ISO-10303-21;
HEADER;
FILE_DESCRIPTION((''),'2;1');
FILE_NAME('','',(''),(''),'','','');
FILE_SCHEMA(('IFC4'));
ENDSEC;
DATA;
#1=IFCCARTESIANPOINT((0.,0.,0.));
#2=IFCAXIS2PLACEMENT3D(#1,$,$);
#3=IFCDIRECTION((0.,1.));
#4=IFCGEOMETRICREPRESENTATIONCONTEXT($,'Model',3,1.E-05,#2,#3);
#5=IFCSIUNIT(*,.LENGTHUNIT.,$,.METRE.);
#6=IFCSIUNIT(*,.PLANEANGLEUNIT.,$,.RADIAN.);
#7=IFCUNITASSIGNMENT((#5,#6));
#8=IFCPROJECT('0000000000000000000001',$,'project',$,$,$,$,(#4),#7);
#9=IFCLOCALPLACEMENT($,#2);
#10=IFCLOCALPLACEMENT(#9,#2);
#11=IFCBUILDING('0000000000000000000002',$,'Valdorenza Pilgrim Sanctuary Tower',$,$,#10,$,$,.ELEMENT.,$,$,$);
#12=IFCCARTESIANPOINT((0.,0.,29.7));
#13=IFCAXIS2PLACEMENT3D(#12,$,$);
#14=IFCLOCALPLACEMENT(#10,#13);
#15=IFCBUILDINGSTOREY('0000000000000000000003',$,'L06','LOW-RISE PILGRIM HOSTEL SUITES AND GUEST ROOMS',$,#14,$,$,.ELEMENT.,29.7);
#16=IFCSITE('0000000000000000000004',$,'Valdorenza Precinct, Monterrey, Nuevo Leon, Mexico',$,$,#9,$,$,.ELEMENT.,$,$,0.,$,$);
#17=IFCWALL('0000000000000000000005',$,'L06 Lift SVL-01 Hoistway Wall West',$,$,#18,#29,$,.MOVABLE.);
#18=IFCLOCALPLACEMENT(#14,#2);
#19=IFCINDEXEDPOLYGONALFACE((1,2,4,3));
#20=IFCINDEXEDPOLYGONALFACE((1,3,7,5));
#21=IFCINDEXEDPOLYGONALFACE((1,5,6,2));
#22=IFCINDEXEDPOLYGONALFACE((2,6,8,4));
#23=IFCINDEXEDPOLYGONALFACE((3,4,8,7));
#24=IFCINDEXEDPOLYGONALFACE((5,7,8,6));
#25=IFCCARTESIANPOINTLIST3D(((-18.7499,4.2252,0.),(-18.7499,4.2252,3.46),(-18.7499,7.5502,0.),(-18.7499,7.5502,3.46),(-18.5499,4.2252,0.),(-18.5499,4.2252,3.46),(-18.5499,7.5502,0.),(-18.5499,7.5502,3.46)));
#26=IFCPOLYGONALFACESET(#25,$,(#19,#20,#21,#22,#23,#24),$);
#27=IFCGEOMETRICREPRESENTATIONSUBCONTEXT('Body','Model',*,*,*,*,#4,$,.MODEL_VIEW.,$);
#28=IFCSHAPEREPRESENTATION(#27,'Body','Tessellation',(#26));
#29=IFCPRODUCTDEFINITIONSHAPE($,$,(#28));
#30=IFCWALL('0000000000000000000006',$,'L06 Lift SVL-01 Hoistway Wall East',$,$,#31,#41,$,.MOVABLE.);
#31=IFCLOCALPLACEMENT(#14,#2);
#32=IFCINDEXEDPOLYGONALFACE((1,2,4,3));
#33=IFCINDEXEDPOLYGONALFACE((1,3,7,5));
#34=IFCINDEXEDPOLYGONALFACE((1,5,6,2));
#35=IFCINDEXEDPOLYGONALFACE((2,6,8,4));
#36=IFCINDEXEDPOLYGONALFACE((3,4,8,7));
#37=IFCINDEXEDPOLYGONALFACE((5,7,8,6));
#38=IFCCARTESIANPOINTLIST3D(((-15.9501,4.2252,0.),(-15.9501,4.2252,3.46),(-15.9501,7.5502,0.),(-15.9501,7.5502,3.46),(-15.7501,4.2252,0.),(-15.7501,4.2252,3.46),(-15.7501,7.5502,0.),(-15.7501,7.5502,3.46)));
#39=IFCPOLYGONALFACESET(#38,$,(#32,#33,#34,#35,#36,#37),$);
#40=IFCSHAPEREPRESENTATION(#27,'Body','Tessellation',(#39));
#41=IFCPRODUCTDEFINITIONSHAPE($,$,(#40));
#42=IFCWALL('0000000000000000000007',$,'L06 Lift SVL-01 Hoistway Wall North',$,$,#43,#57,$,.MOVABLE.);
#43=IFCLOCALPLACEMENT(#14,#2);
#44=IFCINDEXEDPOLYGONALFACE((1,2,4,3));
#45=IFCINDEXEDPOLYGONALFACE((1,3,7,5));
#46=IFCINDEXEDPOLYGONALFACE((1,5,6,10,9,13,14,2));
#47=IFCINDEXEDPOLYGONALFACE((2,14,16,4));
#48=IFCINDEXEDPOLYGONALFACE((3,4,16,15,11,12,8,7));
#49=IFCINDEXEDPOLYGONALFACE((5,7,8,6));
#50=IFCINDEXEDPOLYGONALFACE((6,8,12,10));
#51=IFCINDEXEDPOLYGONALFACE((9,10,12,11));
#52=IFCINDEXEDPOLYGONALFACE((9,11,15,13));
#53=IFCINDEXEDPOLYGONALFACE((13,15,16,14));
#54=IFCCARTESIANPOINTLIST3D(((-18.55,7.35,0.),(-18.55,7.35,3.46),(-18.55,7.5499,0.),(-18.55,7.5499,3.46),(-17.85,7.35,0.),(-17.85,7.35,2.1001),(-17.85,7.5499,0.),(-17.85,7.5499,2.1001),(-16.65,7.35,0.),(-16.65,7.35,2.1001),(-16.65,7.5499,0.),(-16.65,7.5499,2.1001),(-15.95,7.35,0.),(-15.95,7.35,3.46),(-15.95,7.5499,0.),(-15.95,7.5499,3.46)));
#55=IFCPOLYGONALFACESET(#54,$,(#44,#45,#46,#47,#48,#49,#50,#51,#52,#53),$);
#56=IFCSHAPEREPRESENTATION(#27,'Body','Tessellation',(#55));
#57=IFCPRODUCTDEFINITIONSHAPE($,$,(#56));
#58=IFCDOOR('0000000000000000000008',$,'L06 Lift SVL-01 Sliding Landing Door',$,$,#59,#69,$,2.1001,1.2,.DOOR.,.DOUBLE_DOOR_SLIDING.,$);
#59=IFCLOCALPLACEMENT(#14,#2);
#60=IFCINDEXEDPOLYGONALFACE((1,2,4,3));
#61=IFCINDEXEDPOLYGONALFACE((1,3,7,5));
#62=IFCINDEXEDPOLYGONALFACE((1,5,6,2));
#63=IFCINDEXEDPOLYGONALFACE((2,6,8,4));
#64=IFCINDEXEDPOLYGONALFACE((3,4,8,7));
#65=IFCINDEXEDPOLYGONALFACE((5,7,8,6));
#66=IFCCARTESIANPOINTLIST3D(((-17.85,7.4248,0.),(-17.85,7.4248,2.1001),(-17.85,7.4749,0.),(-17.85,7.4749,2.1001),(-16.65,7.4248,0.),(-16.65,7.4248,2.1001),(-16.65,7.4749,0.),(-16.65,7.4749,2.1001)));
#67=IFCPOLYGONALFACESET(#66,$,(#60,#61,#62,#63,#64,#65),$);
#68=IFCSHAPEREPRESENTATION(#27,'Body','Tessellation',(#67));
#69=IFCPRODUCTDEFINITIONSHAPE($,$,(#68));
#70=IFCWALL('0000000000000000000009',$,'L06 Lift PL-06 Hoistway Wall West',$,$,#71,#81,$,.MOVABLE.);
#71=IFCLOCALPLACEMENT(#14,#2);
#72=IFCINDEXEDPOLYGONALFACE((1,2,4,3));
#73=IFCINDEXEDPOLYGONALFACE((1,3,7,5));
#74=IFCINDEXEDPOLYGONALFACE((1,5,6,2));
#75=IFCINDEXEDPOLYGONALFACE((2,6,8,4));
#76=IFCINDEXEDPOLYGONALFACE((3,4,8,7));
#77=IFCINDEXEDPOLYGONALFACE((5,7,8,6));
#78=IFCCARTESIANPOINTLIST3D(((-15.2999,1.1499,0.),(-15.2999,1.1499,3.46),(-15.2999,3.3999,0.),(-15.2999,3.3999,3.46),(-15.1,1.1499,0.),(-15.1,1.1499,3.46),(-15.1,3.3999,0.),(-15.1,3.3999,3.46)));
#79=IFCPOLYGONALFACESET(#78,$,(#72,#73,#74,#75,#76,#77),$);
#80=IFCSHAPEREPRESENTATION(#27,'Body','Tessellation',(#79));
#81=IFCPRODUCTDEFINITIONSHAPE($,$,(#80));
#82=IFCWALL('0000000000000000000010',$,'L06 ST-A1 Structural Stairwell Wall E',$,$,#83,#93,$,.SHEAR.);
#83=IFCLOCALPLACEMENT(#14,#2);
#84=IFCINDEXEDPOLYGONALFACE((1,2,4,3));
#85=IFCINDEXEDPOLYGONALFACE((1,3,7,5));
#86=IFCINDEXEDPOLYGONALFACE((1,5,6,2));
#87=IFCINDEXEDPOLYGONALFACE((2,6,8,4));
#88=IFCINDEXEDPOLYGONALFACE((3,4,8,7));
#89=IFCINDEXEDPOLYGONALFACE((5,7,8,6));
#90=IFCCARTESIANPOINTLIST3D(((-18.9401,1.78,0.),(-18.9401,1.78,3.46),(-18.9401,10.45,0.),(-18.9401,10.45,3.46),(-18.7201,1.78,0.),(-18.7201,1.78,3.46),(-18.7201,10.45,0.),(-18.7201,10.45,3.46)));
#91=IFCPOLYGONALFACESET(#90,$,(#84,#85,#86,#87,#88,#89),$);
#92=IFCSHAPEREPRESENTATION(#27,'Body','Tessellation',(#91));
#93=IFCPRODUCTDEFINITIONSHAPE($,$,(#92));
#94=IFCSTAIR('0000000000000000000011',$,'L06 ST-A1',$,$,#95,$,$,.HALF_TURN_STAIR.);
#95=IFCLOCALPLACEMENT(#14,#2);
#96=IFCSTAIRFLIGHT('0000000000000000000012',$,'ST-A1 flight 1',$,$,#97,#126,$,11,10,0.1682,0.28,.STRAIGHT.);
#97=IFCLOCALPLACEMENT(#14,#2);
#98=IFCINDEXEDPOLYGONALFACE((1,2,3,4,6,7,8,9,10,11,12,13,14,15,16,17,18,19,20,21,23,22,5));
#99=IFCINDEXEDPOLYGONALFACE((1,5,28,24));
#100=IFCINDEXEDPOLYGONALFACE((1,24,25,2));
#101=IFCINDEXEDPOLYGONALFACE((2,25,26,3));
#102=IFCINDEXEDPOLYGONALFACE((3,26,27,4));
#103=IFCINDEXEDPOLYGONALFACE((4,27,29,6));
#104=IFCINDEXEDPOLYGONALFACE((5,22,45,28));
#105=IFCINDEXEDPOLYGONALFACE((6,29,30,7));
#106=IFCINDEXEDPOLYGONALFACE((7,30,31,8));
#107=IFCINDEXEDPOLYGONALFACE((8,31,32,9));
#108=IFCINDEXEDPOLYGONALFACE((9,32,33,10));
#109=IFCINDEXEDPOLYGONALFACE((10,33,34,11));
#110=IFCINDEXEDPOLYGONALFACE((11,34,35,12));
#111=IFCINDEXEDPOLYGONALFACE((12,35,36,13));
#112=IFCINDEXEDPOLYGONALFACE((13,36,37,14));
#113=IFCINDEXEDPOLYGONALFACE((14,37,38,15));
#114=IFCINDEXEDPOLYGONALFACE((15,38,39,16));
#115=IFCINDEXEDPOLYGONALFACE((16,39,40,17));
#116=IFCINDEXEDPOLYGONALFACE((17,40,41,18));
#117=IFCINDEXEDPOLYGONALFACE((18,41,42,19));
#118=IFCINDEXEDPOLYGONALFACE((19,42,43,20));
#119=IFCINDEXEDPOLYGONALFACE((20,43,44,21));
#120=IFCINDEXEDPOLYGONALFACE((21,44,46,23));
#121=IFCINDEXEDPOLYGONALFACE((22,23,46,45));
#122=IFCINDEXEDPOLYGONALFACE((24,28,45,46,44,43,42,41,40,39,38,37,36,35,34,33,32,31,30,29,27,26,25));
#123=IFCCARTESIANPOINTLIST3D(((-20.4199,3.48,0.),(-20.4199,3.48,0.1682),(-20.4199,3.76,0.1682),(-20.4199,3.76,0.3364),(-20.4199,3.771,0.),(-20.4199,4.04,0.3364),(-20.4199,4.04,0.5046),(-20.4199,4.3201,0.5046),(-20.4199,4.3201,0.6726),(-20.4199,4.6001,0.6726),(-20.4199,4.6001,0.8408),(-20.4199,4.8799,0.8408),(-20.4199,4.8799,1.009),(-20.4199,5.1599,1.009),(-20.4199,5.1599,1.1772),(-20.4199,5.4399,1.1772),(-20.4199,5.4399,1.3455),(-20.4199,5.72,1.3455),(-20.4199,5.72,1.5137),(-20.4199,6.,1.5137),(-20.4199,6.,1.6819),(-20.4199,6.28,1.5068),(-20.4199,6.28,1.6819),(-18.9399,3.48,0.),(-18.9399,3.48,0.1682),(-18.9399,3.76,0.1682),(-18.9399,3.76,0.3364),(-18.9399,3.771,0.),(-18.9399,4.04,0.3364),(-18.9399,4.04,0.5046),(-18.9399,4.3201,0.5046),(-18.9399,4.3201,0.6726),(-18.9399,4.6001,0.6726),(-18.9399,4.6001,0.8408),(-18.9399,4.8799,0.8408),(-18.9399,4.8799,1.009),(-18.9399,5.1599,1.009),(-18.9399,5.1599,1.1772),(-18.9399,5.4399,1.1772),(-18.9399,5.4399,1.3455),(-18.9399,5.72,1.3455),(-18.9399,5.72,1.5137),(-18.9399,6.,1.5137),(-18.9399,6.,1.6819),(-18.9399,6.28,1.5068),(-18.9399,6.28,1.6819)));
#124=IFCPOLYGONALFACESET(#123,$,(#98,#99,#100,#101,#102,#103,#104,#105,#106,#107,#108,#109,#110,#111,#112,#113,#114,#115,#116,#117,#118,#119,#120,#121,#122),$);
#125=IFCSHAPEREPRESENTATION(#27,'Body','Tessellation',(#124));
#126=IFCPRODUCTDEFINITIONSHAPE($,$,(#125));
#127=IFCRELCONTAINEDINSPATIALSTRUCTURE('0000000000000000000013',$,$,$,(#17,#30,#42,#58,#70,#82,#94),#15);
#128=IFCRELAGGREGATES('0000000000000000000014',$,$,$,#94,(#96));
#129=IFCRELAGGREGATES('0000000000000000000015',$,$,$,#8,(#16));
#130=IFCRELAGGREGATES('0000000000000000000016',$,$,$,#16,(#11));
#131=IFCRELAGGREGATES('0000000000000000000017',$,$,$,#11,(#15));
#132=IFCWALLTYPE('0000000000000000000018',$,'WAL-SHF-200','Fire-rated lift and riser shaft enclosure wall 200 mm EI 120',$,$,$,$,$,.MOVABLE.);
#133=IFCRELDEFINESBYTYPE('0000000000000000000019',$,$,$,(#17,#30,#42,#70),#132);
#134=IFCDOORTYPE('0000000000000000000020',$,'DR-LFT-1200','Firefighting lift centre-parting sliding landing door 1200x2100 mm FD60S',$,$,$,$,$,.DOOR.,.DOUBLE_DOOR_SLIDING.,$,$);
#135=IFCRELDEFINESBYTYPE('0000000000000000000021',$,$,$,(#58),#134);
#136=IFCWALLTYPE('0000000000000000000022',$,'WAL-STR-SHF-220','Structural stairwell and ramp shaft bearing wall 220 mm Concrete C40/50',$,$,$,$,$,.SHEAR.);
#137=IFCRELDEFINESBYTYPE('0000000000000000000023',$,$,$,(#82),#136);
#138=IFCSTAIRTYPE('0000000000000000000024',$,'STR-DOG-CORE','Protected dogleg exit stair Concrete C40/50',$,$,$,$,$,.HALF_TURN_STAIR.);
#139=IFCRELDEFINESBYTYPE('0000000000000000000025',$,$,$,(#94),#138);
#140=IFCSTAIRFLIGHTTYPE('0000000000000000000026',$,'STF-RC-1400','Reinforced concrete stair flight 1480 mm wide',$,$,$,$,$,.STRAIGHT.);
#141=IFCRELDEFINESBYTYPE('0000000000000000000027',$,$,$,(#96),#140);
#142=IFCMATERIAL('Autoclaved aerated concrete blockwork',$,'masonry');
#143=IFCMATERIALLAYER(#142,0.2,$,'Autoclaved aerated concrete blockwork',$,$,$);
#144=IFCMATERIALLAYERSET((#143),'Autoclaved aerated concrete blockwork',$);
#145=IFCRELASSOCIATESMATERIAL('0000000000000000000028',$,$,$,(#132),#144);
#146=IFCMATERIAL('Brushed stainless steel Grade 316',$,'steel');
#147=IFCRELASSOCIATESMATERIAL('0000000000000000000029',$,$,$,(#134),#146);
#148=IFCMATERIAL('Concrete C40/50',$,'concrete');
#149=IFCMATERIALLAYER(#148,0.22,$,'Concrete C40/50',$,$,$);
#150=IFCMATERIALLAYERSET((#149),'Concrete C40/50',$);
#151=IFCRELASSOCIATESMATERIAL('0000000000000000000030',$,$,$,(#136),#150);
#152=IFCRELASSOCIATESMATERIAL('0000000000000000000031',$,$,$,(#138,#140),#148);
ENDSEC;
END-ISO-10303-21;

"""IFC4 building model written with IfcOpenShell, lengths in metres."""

from ifc_helpers import new_model, si_unit, direction, frame, frame_2d, origin, place, context, subcontext, project, spatial, polyline, rectangle, outline, extrude, material, layer, layer_set, type_object, element, fill, aggregate, save


model = new_model("IFC4")

# Units and contexts
model_context = context("Model", 3, precision=1e-05, world=origin(), true_north=direction((0.0, 1.0)))
body_context = subcontext(model_context, "Body", "Model", "MODEL_VIEW")
ifc_project = project(units=[si_unit("LENGTHUNIT", "METRE"), si_unit("PLANEANGLEUNIT", "RADIAN")], contexts=[model_context])

# Site, building, storey
site_placement = place(None, origin())
site = spatial("IfcSite", under=ifc_project, at=site_placement, Name="Valdorenza Precinct, Monterrey, Nuevo Leon, Mexico", CompositionType="ELEMENT", RefElevation=0.0)
building_placement = place(site_placement, origin())
building = spatial("IfcBuilding", under=site, at=building_placement, Name="Valdorenza Pilgrim Sanctuary Tower", CompositionType="ELEMENT")
storey_placement = place(building_placement, frame((0.0, 0.0, 29.7)))
storey = spatial("IfcBuildingStorey", under=building, at=storey_placement, Name="L06", Description="LOW-RISE PILGRIM HOSTEL SUITES AND GUEST ROOMS", CompositionType="ELEMENT", Elevation=29.7)

# Shared definitions
ifc_material_1 = material(Name="Autoclaved aerated concrete blockwork", Category="masonry")
ifc_layer_1 = layer(ifc_material_1, 0.2, Name="Autoclaved aerated concrete blockwork")
ifc_layer_set_1 = layer_set([ifc_layer_1], Name="Autoclaved aerated concrete blockwork")
wall_type_1 = type_object("IfcWallType", Name="WAL-SHF-200", Description="Fire-rated lift and riser shaft enclosure wall 200 mm EI 120", PredefinedType="MOVABLE", material=ifc_layer_set_1)

# Shared definitions
ifc_material_2 = material(Name="Brushed stainless steel Grade 316", Category="steel")
door_type_1 = type_object("IfcDoorType", Name="DR-LFT-1200", Description="Firefighting lift centre-parting sliding landing door 1200x2100 mm FD60S", OperationType="DOUBLE_DOOR_SLIDING", PredefinedType="DOOR", material=ifc_material_2)

# Walls
for number, where, z_axis, x_axis, name in (
    (1, (-18.6499, 4.2251, 0.0), (0.0, 0.0, 1.0), (0.0, 1.0, 0.0), "L06 Lift SVL-01 Hoistway Wall West"),
    (2, (-15.8501, 4.2251, 0.0), (0.0, 0.0, 1.0), (0.0, 1.0, 0.0), "L06 Lift SVL-01 Hoistway Wall East"),
):
    element("IfcWall", number, at=place(storey_placement, frame(where, z_axis=z_axis, x_axis=x_axis)), inside=storey, type_object=wall_type_1, Name=name, PredefinedType="MOVABLE", context=body_context, shape_type="SweptSolid", body=[
        extrude(rectangle(XDim=3.325, YDim=0.2, at=frame_2d((1.6626, 0.0))), origin(), (0.0, 0.0, 1.0), 3.46),
    ])

# Wall, opening, door
wall_1_placement = place(storey_placement, frame((-18.55, 7.45, 0.0), z_axis=(0.0, 0.0, 1.0), x_axis=(1.0, 0.0, 0.0)))
wall_1 = element("IfcWall", 3, at=wall_1_placement, inside=storey, type_object=wall_type_1, Name="L06 Lift SVL-01 Hoistway Wall North", PredefinedType="MOVABLE", context=body_context, shape_type="SweptSolid", body=[
    extrude(rectangle(XDim=2.6001, YDim=0.2, at=frame_2d((1.3, 0.0))), origin(), (0.0, 0.0, 1.0), 3.46),
])
opening_1_placement = place(wall_1_placement, frame((0.7, 0.0, 0.0)))
opening_1 = element("IfcOpeningElement", 4, at=opening_1_placement, cuts=wall_1, PredefinedType="OPENING", context=body_context, shape_type="SweptSolid", body=[
    extrude(rectangle(XDim=1.2, YDim=2.1001, at=frame_2d((0.6001, 1.05))), frame((0.0, 0.1147, 0.0), z_axis=(0.0, -1.0, 0.0), x_axis=(1.0, 0.0, 0.0)), (0.0, 0.0, 1.0), 0.2297),
])
door_1_placement = place(opening_1_placement, origin())
door_1 = element("IfcDoor", 5, at=door_1_placement, inside=storey, type_object=door_type_1, Name="L06 Lift SVL-01 Sliding Landing Door", OperationType="DOUBLE_DOOR_SLIDING", OverallHeight=2.1001, OverallWidth=1.2, PredefinedType="DOOR", context=body_context, shape_type="SweptSolid", body=[
    extrude(rectangle(XDim=1.2, YDim=2.1001, at=frame_2d((0.6001, 1.05))), frame((0.0, 0.0249, 0.0), z_axis=(0.0, -1.0, 0.0), x_axis=(1.0, 0.0, 0.0)), (0.0, 0.0, 1.0), 0.05),
])
fill(opening_1, door_1)

# Walls
wall_2_placement = place(storey_placement, frame((-15.2, 1.1499, 0.0), z_axis=(0.0, 0.0, 1.0), x_axis=(0.0, 1.0, 0.0)))
element("IfcWall", 6, at=wall_2_placement, inside=storey, type_object=wall_type_1, Name="L06 Lift PL-06 Hoistway Wall West", PredefinedType="MOVABLE", context=body_context, shape_type="SweptSolid", body=[
    extrude(rectangle(XDim=2.25, YDim=0.2, at=frame_2d((1.125, 0.0))), origin(), (0.0, 0.0, 1.0), 3.46),
])
ifc_material_3 = material(Name="Concrete C40/50", Category="concrete")
ifc_layer_2 = layer(ifc_material_3, 0.22, Name="Concrete C40/50")
ifc_layer_set_2 = layer_set([ifc_layer_2], Name="Concrete C40/50")
wall_type_2 = type_object("IfcWallType", Name="WAL-STR-SHF-220", Description="Structural stairwell and ramp shaft bearing wall 220 mm Concrete C40/50", PredefinedType="SHEAR", material=ifc_layer_set_2)
wall_3_placement = place(storey_placement, frame((-18.8301, 1.78, 0.0), z_axis=(0.0, 0.0, 1.0), x_axis=(0.0, 1.0, 0.0)))
element("IfcWall", 7, at=wall_3_placement, inside=storey, type_object=wall_type_2, Name="L06 ST-A1 Structural Stairwell Wall E", PredefinedType="SHEAR", context=body_context, shape_type="SweptSolid", body=[
    extrude(rectangle(XDim=8.6699, YDim=0.22, at=frame_2d((4.335, 0.0))), origin(), (0.0, 0.0, 1.0), 3.46),
])

# Stair, stair flight
stair_type = type_object("IfcStairType", Name="STR-DOG-CORE", Description="Protected dogleg exit stair Concrete C40/50", PredefinedType="HALF_TURN_STAIR", material=ifc_material_3)
stair_placement = place(storey_placement, origin())
stair = element("IfcStair", 8, at=stair_placement, inside=storey, type_object=stair_type, Name="L06 ST-A1", PredefinedType="HALF_TURN_STAIR")
stair_flight_type = type_object("IfcStairFlightType", Name="STF-RC-1400", Description="Reinforced concrete stair flight 1480 mm wide", PredefinedType="STRAIGHT", material=ifc_material_3)
stair_flight_placement = place(storey_placement, frame((-19.6799, 3.48, 0.0), z_axis=(0.0, 0.0, 1.0), x_axis=(0.0, 1.0, 0.0)))
stair_flight = element("IfcStairFlight", 9, at=stair_flight_placement, type_object=stair_flight_type, Name="ST-A1 flight 1", NumberOfRisers=11, NumberOfTreads=10, PredefinedType="STRAIGHT", RiserHeight=0.1682, TreadLength=0.28, context=body_context, shape_type="SweptSolid", body=[
    extrude(outline(polyline([(0.0, 0.0), (0.0, 0.1682), (0.28, 0.1682), (0.28, 0.3364), (0.5601, 0.3364), (0.5601, 0.5046), (0.8401, 0.5046), (0.8401, 0.6726), (1.1201, 0.6726), (1.1201, 0.8408), (1.3999, 0.8408), (1.3999, 1.009), (1.6799, 1.009), (1.6799, 1.1772), (1.96, 1.1772), (1.96, 1.3455), (2.24, 1.3455), (2.24, 1.5137), (2.52, 1.5137), (2.52, 1.6819), (2.8, 1.6819), (2.8, 1.8501), (2.8, 1.5068), (0.291, 0.0), (0.0, 0.0)])), frame((0.0, 0.74, 0.0), z_axis=(0.0, -1.0, 0.0), x_axis=(1.0, 0.0, 0.0)), (0.0, 0.0, 1.0), 1.48),
])
aggregate(stair, [stair_flight])

save(model, "model.ifc")
